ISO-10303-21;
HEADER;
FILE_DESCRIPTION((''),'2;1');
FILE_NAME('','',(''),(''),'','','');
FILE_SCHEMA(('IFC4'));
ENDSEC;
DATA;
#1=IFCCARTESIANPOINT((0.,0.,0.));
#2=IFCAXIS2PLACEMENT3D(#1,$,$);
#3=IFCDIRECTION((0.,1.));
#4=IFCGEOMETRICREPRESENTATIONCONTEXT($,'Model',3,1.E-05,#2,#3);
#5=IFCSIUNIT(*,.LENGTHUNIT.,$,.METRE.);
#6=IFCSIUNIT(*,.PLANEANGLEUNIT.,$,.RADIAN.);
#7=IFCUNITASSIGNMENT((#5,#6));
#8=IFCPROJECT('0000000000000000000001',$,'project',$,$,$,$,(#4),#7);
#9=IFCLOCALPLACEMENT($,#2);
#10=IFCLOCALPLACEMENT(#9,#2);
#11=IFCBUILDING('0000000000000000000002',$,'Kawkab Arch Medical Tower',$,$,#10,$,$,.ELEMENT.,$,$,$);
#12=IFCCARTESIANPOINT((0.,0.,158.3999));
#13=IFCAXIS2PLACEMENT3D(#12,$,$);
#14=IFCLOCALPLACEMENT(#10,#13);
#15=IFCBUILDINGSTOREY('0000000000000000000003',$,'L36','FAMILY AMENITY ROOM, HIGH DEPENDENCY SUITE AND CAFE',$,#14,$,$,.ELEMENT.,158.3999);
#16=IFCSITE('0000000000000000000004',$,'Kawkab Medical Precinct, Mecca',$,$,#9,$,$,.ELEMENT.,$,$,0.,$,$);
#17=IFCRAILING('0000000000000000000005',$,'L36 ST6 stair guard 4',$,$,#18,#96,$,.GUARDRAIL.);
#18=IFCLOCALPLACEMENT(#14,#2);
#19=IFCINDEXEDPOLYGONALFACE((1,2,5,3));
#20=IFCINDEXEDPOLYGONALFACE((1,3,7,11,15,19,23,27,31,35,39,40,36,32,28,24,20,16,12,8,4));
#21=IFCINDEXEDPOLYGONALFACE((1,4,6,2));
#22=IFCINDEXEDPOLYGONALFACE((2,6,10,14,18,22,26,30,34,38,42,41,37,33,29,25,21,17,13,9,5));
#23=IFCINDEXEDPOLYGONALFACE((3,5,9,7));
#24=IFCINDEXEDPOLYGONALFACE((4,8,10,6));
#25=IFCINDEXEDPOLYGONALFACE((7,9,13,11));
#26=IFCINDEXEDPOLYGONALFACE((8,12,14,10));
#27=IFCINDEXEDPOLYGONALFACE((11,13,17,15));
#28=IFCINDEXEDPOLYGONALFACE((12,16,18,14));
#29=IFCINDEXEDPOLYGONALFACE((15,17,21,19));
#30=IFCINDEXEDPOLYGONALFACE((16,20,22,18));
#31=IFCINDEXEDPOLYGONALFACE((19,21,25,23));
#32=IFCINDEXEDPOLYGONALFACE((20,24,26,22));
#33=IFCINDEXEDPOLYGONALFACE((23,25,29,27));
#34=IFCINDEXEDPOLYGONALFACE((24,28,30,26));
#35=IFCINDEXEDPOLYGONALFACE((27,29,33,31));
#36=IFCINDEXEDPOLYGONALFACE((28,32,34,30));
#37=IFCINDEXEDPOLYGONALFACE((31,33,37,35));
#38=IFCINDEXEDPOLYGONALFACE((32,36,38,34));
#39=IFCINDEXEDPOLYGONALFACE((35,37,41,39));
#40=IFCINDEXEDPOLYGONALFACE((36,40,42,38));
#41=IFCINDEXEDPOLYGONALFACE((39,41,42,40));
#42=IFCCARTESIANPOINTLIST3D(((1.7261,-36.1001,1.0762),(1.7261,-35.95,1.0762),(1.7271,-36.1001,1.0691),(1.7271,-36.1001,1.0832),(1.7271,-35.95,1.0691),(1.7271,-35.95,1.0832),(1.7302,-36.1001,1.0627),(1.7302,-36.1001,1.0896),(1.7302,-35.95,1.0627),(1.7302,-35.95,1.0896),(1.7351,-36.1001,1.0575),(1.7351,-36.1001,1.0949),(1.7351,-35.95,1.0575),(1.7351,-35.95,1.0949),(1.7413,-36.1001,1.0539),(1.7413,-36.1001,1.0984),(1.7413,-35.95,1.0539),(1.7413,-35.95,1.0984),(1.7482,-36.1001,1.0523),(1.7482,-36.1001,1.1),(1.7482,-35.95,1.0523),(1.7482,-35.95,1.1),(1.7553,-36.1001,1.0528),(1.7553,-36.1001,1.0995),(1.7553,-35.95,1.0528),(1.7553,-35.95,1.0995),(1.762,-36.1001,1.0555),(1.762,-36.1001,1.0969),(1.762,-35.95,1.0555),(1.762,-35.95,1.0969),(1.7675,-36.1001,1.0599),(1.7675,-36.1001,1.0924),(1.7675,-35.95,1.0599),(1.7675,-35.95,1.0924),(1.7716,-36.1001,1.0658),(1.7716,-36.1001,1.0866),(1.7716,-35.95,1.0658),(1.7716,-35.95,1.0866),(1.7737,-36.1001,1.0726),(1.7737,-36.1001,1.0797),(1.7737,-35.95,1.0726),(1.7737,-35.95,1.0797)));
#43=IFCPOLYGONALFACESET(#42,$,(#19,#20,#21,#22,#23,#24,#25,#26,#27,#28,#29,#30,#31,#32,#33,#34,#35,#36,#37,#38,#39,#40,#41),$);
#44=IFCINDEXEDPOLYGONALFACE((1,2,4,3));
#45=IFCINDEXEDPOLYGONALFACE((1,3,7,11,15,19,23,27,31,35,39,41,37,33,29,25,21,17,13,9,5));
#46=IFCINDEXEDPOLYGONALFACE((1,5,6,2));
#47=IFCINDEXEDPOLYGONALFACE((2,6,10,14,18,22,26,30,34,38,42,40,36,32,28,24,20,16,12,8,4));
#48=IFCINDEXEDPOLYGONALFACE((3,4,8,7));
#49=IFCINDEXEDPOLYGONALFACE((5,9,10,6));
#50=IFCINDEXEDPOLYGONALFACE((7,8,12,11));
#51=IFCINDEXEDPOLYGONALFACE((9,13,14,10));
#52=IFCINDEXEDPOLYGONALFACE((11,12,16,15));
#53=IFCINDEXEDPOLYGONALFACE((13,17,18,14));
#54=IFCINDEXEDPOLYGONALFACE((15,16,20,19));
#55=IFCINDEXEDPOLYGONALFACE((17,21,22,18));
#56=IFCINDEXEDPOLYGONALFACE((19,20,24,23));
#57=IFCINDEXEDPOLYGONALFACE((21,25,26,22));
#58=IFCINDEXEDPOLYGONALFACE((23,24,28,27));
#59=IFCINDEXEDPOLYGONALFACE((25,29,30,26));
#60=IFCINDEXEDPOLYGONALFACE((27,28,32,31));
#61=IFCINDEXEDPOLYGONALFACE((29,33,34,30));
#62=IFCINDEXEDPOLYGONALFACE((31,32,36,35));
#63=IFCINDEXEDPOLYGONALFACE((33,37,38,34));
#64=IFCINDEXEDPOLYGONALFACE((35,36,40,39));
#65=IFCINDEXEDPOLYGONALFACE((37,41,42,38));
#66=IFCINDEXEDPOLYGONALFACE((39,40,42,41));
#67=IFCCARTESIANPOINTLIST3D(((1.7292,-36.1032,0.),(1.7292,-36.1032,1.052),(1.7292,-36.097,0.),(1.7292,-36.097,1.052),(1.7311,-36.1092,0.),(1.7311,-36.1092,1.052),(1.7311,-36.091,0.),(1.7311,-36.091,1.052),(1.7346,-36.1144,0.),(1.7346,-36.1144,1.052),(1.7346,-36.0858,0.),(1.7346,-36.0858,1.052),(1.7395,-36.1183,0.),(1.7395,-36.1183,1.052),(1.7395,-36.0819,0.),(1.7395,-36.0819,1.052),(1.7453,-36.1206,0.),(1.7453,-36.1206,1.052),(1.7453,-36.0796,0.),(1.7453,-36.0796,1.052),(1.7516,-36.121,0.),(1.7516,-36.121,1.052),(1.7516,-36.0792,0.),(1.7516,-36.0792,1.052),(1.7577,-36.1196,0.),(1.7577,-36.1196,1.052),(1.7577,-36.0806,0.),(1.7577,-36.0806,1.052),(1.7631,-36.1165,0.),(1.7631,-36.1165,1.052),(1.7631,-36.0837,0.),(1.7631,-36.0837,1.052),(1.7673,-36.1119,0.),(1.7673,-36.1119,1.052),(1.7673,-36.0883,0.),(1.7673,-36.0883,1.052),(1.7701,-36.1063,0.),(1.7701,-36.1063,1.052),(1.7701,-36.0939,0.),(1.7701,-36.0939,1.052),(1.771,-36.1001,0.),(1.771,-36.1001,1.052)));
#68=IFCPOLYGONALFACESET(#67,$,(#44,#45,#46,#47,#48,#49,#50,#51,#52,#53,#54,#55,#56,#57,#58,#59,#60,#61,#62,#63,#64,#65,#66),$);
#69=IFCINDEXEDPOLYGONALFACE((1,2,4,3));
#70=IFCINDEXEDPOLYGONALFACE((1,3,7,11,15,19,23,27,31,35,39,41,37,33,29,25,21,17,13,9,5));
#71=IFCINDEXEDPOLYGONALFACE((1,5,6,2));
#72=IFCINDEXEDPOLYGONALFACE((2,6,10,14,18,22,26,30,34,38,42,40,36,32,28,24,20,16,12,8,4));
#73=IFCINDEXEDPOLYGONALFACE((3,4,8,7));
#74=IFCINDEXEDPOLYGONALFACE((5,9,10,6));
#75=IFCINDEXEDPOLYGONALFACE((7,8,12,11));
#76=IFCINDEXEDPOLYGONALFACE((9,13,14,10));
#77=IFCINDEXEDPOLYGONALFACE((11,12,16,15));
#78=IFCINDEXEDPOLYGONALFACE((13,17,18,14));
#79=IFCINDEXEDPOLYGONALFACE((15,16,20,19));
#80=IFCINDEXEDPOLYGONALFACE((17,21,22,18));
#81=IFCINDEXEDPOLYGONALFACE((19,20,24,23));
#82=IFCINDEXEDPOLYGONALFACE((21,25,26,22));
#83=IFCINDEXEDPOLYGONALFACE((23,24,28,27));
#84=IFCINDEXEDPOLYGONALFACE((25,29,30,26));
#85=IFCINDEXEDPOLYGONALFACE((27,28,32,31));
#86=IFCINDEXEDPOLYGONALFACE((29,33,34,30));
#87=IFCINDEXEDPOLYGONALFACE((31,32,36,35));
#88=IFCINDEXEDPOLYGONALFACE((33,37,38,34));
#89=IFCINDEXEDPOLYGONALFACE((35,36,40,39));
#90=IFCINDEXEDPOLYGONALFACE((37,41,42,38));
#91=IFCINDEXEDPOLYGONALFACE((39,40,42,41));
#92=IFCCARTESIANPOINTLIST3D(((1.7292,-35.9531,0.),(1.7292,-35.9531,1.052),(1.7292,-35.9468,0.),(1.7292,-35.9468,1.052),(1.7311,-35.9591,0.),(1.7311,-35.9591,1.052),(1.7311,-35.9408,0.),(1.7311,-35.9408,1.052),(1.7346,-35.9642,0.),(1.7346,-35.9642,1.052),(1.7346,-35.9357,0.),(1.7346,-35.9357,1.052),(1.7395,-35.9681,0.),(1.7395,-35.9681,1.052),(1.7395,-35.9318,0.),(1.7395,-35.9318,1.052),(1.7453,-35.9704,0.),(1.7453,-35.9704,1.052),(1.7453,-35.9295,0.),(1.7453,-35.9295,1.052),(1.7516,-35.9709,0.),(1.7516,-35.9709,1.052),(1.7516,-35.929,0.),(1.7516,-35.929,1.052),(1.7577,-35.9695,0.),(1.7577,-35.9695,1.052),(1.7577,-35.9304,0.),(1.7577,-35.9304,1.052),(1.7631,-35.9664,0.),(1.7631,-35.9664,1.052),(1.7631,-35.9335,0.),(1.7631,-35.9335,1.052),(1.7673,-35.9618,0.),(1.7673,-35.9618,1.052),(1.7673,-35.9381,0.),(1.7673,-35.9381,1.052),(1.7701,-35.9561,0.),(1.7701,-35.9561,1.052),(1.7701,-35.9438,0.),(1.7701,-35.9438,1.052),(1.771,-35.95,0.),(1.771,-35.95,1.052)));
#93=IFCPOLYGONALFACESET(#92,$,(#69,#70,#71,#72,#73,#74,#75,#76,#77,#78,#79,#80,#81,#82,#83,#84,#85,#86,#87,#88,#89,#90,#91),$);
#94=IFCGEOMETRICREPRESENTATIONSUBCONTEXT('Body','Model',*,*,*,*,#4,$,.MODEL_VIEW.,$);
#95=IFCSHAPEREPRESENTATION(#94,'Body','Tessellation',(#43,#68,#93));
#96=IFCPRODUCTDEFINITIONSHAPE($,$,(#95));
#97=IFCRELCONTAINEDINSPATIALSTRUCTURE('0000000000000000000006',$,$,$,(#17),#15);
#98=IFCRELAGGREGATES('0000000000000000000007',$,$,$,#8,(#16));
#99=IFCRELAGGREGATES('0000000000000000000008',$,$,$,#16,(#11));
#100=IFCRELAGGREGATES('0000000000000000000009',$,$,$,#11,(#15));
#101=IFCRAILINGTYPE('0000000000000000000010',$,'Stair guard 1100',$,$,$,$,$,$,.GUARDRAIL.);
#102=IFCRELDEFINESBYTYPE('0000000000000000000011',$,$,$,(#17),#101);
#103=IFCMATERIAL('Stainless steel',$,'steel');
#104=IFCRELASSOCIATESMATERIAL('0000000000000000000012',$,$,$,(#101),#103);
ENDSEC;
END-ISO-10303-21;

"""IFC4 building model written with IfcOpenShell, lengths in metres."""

from ifc_helpers import new_model, si_unit, direction, frame, origin, origin_2d, place, context, subcontext, project, spatial, circle, extrude, material, type_object, element, save


model = new_model("IFC4")

# Units and contexts
model_context = context("Model", 3, precision=1e-05, world=origin(), true_north=direction((0.0, 1.0)))
body_context = subcontext(model_context, "Body", "Model", "MODEL_VIEW")
ifc_project = project(units=[si_unit("LENGTHUNIT", "METRE"), si_unit("PLANEANGLEUNIT", "RADIAN")], contexts=[model_context])

# Site, building, storey
site_placement = place(None, origin())
site = spatial("IfcSite", under=ifc_project, at=site_placement, Name="Kawkab Medical Precinct, Mecca", CompositionType="ELEMENT", RefElevation=0.0)
building_placement = place(site_placement, origin())
building = spatial("IfcBuilding", under=site, at=building_placement, Name="Kawkab Arch Medical Tower", CompositionType="ELEMENT")
storey_placement = place(building_placement, frame((0.0, 0.0, 158.3999)))
storey = spatial("IfcBuildingStorey", under=building, at=storey_placement, Name="L36", Description="FAMILY AMENITY ROOM, HIGH DEPENDENCY SUITE AND CAFE", CompositionType="ELEMENT", Elevation=158.3999)

# Railing
ifc_material_1 = material(Name="Stainless steel", Category="steel")
railing_type = type_object("IfcRailingType", Name="Stair guard 1100", PredefinedType="GUARDRAIL", material=ifc_material_1)
railing_1_placement = place(storey_placement, frame((1.75, -36.1001, 0.0)))
element("IfcRailing", 1, at=railing_1_placement, inside=storey, type_object=railing_type, Name="L36 ST6 stair guard 4", PredefinedType="GUARDRAIL", context=body_context, shape_type="SweptSolid", body=[
    extrude(circle(Radius=0.0239, at=origin_2d()), frame((0.0, 0.0, 1.0762), z_axis=(0.0, 1.0, 0.0), x_axis=(-1.0, 0.0, 0.0)), (0.0, 0.0, 1.0), 0.1501),
    extrude(circle(Radius=0.021, at=origin_2d()), origin(), (0.0, 0.0, 1.0), 1.052),
    extrude(circle(Radius=0.021, at=origin_2d()), frame((0.0, 0.1501, 0.0)), (0.0, 0.0, 1.0), 1.052),
])

save(model, "model.ifc")
